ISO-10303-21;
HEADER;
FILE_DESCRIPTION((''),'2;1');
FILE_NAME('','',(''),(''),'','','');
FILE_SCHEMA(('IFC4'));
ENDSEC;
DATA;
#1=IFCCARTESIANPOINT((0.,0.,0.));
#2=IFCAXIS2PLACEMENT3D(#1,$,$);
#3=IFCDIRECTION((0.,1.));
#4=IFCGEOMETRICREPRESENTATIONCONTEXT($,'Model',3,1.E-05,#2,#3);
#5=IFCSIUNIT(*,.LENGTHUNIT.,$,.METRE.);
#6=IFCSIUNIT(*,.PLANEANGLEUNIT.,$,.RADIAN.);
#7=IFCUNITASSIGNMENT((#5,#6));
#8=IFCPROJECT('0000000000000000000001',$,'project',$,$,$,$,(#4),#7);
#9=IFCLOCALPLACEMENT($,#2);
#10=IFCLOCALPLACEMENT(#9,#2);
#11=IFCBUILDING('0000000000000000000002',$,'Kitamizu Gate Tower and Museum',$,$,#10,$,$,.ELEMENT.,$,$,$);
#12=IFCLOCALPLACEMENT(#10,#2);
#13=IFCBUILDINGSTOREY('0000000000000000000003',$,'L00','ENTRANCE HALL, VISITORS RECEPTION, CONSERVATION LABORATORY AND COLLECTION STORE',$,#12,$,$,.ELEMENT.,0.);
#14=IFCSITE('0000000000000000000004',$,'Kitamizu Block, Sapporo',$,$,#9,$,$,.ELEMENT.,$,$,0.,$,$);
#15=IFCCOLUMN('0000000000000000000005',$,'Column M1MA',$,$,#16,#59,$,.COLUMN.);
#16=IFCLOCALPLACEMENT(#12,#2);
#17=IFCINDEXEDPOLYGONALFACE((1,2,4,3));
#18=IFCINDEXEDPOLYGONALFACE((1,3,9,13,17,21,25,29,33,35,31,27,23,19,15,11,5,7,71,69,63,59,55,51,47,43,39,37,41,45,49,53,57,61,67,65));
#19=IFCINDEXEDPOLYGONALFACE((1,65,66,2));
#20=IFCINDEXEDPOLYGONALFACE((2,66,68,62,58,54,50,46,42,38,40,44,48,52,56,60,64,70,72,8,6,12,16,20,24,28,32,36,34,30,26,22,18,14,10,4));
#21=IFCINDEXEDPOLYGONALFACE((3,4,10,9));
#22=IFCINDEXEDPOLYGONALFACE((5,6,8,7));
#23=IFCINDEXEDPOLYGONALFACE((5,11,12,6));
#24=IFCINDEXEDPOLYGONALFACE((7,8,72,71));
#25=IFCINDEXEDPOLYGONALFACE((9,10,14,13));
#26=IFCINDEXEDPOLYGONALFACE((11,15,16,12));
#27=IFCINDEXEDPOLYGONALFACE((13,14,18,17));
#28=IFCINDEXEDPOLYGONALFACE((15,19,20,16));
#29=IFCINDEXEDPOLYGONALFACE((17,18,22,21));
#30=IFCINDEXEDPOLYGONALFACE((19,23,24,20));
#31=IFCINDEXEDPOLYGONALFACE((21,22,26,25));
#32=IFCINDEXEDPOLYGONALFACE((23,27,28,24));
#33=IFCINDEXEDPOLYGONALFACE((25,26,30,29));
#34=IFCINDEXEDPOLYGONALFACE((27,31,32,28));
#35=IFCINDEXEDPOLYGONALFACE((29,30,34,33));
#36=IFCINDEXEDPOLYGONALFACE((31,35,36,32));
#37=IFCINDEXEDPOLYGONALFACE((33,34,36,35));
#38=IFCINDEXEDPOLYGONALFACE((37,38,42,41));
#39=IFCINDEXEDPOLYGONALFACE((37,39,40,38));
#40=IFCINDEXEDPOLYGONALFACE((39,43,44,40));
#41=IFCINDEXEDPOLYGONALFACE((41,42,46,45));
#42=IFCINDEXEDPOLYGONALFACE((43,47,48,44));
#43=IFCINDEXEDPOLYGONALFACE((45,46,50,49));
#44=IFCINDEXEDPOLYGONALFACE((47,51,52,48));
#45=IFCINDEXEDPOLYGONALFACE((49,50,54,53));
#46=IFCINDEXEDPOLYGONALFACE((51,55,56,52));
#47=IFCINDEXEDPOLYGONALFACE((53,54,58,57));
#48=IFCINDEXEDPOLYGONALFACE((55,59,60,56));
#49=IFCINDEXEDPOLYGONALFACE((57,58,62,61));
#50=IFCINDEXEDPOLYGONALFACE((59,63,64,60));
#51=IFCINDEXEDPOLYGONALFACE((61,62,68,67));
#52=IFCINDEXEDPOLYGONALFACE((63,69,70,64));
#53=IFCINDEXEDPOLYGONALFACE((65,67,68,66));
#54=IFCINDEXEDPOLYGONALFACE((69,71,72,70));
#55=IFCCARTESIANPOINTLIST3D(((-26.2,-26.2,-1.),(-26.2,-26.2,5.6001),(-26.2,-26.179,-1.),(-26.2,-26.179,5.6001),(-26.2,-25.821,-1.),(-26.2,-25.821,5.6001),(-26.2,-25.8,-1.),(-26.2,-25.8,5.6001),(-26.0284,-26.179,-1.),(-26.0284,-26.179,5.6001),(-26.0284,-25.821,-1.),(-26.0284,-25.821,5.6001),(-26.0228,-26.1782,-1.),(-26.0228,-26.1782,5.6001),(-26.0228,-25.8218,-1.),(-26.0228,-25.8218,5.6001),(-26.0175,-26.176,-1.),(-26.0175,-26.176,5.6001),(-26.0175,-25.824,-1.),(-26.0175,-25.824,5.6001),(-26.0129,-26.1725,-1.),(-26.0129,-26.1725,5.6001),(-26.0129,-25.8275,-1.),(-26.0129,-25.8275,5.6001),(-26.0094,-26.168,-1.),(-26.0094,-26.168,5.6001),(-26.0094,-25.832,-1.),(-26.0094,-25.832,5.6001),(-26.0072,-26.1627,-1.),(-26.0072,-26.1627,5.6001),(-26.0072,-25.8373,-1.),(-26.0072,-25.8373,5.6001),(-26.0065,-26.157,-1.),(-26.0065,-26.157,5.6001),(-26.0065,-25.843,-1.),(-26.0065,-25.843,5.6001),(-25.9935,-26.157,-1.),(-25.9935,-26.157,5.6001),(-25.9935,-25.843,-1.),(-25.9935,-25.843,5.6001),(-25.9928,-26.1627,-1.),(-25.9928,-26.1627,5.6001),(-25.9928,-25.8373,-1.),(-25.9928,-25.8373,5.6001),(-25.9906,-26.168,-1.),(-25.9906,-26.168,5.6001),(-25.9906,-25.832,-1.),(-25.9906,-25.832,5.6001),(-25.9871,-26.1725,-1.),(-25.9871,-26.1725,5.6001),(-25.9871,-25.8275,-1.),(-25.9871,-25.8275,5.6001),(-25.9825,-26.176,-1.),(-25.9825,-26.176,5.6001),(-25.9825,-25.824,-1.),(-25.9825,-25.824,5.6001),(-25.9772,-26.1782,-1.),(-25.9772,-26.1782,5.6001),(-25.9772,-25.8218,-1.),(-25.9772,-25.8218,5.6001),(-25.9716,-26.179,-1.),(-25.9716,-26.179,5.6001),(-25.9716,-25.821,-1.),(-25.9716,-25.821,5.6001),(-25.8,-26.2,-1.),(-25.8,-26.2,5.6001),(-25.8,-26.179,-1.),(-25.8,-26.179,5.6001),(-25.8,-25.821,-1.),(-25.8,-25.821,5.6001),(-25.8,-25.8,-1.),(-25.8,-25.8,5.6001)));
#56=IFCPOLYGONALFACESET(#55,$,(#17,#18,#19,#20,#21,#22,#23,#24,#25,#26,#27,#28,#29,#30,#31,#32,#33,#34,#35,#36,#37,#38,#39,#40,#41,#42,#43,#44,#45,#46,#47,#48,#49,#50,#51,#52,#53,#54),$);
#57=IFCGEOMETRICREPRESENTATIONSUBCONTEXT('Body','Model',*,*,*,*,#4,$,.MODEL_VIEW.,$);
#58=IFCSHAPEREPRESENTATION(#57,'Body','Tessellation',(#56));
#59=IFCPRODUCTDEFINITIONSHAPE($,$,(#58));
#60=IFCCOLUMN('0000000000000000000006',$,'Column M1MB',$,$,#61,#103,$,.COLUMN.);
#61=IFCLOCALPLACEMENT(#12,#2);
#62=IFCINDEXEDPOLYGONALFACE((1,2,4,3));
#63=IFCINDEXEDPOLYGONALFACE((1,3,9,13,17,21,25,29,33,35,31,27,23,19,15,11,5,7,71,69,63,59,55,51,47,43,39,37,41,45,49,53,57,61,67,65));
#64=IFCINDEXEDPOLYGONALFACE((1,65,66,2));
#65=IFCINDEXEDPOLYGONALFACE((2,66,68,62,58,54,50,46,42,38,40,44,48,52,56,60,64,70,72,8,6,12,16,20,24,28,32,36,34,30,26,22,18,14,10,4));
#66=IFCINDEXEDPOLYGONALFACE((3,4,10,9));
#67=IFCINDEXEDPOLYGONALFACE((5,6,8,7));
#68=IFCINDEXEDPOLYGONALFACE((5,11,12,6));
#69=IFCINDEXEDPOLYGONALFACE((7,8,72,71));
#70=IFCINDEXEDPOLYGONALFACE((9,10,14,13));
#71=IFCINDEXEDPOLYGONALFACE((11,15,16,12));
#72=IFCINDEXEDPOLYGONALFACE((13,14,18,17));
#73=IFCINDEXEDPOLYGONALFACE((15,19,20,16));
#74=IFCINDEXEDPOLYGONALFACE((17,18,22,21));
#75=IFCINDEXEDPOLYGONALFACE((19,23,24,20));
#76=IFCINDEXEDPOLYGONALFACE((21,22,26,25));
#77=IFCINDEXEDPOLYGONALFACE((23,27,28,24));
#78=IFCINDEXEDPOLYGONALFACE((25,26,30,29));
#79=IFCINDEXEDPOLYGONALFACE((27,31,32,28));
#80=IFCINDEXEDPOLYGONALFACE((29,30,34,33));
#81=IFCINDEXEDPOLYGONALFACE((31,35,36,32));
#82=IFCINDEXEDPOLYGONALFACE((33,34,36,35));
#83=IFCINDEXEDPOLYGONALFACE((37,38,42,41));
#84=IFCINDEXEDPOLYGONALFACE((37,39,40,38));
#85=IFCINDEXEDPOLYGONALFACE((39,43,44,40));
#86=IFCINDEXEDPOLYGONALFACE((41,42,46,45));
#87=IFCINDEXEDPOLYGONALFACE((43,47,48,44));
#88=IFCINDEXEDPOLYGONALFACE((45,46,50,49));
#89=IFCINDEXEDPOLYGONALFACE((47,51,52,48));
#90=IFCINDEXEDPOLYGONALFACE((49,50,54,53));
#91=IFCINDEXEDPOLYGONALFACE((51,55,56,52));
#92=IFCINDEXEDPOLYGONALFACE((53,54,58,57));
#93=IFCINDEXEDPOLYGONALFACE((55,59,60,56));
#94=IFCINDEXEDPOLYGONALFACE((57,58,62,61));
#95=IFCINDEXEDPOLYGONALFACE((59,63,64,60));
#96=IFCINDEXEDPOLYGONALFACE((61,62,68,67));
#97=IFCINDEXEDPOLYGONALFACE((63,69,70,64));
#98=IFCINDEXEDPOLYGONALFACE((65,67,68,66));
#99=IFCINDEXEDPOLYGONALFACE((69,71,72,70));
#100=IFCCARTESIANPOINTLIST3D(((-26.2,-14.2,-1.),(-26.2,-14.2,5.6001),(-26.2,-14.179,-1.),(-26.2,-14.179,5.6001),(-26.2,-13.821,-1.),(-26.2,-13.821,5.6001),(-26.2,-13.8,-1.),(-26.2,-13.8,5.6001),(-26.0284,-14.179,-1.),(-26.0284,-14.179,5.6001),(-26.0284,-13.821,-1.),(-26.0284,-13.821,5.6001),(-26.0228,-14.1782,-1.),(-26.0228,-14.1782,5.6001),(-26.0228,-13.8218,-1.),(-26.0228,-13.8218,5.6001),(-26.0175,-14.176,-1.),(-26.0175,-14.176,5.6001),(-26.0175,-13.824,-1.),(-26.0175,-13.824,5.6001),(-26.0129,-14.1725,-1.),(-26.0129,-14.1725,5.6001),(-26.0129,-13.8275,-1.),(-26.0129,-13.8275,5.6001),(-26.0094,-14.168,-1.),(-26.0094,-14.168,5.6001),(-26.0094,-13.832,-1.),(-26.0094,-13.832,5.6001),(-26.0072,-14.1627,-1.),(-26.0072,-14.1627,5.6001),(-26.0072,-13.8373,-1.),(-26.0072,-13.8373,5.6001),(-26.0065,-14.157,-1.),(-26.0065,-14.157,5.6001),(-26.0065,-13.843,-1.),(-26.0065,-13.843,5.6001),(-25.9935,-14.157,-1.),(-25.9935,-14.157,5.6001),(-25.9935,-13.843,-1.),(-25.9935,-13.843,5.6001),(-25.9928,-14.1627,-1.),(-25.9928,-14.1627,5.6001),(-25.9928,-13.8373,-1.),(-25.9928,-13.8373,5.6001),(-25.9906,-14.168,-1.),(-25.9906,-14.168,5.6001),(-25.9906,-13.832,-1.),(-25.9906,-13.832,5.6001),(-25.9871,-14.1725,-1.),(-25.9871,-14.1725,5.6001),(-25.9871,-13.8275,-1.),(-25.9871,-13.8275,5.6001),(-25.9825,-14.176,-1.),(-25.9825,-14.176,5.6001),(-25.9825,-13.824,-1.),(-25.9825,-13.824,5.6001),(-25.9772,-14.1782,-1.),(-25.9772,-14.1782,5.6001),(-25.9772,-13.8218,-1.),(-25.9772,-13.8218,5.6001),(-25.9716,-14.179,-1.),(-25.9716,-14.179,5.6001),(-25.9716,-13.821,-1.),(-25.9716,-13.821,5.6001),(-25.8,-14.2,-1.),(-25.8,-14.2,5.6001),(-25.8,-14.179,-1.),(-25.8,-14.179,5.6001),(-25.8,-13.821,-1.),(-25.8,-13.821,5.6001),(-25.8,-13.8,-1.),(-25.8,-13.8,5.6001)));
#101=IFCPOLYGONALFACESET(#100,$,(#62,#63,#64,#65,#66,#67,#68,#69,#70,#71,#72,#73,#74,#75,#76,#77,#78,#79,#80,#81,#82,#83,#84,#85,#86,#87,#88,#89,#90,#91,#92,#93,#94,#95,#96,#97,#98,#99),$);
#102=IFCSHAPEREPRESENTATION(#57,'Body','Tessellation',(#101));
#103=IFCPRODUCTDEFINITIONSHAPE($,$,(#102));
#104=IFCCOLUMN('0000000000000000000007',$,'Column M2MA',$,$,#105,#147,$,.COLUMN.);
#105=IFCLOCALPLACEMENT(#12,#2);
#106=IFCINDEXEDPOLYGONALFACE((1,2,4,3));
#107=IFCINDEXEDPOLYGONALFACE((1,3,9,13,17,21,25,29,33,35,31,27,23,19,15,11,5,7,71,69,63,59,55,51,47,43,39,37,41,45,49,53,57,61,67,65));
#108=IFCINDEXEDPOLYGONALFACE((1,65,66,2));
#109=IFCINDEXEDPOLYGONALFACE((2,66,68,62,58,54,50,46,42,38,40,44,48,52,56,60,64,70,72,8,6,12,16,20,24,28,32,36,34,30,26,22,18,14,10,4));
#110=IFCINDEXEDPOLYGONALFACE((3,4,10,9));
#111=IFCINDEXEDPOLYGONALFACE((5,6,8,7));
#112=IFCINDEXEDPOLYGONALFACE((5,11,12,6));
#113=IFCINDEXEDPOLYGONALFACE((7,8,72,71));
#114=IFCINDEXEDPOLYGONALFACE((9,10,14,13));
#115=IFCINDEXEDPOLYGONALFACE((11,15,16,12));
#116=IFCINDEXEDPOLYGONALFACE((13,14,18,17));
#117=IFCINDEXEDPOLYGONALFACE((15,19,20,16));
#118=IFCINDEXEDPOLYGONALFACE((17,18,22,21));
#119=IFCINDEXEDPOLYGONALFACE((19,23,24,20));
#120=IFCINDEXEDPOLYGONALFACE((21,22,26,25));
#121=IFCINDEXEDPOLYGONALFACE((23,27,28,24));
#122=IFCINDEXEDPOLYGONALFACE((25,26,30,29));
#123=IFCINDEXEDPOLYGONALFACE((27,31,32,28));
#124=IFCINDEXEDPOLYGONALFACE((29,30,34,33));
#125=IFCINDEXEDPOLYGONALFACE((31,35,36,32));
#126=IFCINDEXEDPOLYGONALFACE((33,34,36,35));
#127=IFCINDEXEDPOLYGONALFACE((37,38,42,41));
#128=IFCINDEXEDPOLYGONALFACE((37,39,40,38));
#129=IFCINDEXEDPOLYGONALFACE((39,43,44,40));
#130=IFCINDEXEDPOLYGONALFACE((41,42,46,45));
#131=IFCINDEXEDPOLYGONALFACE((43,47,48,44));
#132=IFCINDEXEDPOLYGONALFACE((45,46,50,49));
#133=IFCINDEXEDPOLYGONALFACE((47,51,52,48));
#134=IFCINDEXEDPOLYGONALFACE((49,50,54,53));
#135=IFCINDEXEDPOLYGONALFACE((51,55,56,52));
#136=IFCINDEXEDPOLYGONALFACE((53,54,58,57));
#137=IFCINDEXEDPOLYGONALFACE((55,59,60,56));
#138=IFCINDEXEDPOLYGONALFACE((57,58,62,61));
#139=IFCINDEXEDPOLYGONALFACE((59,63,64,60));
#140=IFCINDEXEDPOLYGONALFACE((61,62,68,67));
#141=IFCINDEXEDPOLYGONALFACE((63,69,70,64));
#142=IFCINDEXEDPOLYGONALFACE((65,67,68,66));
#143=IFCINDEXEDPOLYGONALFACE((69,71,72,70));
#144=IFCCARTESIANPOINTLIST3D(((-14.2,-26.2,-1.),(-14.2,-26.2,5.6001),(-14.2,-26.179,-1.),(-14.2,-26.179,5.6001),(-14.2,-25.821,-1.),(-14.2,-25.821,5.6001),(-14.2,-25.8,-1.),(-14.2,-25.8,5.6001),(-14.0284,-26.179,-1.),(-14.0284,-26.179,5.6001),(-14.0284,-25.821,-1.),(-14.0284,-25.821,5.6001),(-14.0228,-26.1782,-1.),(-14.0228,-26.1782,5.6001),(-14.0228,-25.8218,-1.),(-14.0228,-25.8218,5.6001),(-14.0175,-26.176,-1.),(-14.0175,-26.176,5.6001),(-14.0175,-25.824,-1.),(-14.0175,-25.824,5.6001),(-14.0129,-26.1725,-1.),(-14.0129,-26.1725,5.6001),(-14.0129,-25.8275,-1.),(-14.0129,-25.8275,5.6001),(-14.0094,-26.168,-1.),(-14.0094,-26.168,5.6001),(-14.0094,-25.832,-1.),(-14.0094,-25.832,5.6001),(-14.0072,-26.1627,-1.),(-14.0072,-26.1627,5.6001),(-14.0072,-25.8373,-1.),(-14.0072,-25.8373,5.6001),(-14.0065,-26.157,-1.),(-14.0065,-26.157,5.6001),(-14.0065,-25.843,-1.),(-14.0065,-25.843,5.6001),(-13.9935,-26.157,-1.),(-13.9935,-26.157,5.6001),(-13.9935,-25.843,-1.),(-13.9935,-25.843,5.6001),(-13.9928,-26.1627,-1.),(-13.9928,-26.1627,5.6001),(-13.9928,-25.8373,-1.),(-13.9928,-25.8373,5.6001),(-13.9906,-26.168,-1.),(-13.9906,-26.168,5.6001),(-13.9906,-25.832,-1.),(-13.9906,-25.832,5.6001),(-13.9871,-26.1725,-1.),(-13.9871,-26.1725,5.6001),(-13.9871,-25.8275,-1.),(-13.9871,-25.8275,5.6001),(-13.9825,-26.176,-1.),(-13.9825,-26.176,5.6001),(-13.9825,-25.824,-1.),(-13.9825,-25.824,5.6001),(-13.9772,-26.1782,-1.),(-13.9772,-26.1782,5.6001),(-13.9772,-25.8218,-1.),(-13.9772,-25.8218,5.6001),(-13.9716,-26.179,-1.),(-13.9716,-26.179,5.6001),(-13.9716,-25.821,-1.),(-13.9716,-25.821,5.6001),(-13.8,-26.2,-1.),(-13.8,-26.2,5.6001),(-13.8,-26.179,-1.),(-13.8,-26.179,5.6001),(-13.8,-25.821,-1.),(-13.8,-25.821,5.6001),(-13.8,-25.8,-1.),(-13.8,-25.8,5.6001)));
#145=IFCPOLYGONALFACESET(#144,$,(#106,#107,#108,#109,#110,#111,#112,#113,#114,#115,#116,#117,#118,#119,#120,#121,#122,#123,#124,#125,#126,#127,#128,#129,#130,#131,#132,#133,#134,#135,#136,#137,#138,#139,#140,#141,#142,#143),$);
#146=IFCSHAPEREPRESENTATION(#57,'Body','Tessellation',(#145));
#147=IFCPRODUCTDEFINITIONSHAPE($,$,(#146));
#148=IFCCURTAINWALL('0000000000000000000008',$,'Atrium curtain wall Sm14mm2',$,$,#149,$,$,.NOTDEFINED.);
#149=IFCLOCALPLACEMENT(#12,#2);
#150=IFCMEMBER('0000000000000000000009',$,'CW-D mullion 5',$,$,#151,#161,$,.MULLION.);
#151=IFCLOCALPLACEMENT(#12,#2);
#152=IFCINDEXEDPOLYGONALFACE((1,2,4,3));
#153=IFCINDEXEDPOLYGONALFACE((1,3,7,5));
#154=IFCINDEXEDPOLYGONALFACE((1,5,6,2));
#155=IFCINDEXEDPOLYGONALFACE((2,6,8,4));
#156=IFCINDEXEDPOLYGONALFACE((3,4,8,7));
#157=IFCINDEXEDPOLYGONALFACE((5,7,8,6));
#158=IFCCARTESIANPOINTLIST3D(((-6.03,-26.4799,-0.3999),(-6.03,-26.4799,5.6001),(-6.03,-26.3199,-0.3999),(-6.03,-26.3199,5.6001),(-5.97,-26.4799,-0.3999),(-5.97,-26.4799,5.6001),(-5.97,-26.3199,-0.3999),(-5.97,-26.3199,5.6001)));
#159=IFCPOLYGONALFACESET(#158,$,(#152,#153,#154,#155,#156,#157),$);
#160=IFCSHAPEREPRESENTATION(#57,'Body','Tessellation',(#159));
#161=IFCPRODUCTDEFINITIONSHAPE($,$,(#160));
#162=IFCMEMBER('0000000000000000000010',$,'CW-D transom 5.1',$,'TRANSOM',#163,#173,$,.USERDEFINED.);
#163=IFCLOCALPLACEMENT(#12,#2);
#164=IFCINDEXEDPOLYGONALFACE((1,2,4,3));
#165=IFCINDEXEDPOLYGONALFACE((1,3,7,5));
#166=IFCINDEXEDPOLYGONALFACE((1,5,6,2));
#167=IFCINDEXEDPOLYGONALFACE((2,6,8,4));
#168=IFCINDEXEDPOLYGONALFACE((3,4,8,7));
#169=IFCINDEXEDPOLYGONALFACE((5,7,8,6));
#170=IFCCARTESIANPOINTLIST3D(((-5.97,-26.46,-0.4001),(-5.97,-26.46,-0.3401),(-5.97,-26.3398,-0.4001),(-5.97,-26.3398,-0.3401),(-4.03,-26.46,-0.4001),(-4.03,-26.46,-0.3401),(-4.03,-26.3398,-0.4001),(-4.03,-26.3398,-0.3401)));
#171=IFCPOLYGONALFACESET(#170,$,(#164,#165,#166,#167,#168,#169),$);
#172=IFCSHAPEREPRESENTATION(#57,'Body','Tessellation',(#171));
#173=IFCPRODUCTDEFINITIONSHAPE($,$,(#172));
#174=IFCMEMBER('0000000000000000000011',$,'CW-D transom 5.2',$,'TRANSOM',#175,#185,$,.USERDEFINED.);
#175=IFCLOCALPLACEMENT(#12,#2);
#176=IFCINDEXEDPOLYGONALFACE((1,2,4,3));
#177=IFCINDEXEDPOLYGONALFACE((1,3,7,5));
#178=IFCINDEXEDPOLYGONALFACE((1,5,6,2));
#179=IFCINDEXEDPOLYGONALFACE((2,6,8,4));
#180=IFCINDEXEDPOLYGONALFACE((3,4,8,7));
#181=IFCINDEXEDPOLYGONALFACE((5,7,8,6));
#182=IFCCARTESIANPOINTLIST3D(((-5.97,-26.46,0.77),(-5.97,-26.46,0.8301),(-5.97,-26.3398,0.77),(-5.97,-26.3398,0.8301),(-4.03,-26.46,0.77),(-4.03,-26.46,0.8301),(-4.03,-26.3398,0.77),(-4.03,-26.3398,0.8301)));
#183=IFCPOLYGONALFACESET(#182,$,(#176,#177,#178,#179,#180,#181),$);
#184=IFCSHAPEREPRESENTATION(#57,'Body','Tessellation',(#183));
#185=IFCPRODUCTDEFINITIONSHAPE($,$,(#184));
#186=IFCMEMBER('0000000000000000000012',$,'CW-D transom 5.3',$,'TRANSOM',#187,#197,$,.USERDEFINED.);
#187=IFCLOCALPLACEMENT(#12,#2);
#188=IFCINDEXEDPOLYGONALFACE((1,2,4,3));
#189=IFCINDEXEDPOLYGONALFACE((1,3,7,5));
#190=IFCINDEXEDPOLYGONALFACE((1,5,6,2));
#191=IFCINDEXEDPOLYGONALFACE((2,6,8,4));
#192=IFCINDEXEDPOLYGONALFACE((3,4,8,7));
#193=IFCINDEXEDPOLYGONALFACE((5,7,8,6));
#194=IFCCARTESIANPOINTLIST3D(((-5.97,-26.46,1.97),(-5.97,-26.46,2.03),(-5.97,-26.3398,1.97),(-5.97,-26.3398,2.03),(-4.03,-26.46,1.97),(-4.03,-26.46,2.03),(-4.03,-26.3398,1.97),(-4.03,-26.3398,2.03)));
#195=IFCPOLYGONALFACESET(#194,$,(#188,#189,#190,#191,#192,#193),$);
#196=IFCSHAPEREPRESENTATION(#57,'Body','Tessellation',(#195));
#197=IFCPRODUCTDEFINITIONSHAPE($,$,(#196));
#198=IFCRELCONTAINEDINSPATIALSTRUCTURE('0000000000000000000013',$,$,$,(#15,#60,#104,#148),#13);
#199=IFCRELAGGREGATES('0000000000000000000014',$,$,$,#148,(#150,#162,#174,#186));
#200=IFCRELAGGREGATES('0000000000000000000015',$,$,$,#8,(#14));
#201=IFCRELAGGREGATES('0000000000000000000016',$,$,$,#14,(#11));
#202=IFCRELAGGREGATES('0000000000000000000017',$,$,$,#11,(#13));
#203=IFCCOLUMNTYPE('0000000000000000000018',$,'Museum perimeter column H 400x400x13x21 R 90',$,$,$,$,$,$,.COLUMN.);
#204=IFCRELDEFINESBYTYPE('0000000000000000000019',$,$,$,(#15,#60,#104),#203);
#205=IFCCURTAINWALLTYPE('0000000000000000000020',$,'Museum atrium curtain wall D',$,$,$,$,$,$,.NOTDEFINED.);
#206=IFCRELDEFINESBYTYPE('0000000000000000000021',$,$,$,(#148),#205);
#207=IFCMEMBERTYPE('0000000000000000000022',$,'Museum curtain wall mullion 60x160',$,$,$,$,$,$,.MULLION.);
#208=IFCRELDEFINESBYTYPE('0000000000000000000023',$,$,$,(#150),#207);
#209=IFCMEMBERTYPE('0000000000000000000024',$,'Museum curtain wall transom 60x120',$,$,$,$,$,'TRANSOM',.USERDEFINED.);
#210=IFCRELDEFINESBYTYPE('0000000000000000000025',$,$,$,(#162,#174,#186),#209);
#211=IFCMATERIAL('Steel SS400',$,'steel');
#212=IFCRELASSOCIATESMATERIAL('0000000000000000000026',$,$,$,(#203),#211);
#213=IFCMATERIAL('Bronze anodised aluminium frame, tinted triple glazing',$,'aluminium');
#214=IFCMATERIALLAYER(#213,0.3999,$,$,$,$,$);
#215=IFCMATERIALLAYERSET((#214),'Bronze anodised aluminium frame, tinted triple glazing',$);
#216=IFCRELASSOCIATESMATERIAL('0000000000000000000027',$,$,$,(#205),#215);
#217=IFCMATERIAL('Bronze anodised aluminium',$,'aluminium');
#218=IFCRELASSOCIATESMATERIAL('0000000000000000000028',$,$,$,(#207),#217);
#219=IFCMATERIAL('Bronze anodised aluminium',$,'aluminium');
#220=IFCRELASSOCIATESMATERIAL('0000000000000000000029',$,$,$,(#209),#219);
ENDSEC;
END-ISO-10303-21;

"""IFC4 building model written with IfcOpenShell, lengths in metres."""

from ifc_helpers import new_model, si_unit, direction, frame, origin, origin_2d, place, context, subcontext, project, spatial, rectangle, i_section, extrude, material, layer, layer_set, material_profile, profile_set, type_object, element, aggregate, save


model = new_model("IFC4")

# Units and contexts
model_context = context("Model", 3, precision=1e-05, world=origin(), true_north=direction((0.0, 1.0)))
body_context = subcontext(model_context, "Body", "Model", "MODEL_VIEW")
ifc_project = project(units=[si_unit("LENGTHUNIT", "METRE"), si_unit("PLANEANGLEUNIT", "RADIAN")], contexts=[model_context])

# Site, building, storey
site_placement = place(None, origin())
site = spatial("IfcSite", under=ifc_project, at=site_placement, Name="Kitamizu Block, Sapporo", CompositionType="ELEMENT", RefElevation=0.0)
building_placement = place(site_placement, origin())
building = spatial("IfcBuilding", under=site, at=building_placement, Name="Kitamizu Gate Tower and Museum", CompositionType="ELEMENT")
storey_placement = place(building_placement, origin())
storey = spatial("IfcBuildingStorey", under=building, at=storey_placement, Name="L00", Description="ENTRANCE HALL, VISITORS RECEPTION, CONSERVATION LABORATORY AND COLLECTION STORE", CompositionType="ELEMENT", Elevation=0.0)

# Columns
ifc_material_1 = material(Name="Steel SS400", Category="steel")
ifc_material_profile_1 = material_profile(ifc_material_1, i_section(OverallWidth=0.3999, OverallDepth=0.3999, WebThickness=0.0129, FlangeThickness=0.021, FilletRadius=0.022, at=origin_2d()), Name="H-400x400x13x21")
ifc_profile_set_1 = profile_set([ifc_material_profile_1], Name="Steel SS400")
column_type = type_object("IfcColumnType", Name="Museum perimeter column H 400x400x13x21 R 90", PredefinedType="COLUMN", material=ifc_profile_set_1)
for number, where, z_axis, x_axis, name in (
    (1, (-26.0, -26.0, -1.0), (0.0, 0.0, 1.0), (1.0, 0.0, 0.0), "Column M1MA"),
    (2, (-26.0, -14.0, -1.0), (0.0, 0.0, 1.0), (1.0, 0.0, 0.0), "Column M1MB"),
    (3, (-14.0, -26.0, -1.0), (0.0, 0.0, 1.0), (1.0, 0.0, 0.0), "Column M2MA"),
):
    element("IfcColumn", number, at=place(storey_placement, frame(where, z_axis=z_axis, x_axis=x_axis)), inside=storey, type_object=column_type, Name=name, PredefinedType="COLUMN", context=body_context, shape_type="SweptSolid", body=[
        extrude(i_section(OverallWidth=0.3999, OverallDepth=0.3999, WebThickness=0.0129, FlangeThickness=0.021, FilletRadius=0.022, at=origin_2d()), origin(), (0.0, 0.0, 1.0), 6.6001),
    ])

# Curtain wall, members
ifc_material_2 = material(Name="Bronze anodised aluminium frame, tinted triple glazing", Category="aluminium")
ifc_layer_1 = layer(ifc_material_2, 0.3999)
ifc_layer_set_1 = layer_set([ifc_layer_1], Name="Bronze anodised aluminium frame, tinted triple glazing")
curtain_wall_type = type_object("IfcCurtainWallType", Name="Museum atrium curtain wall D", PredefinedType="NOTDEFINED", material=ifc_layer_set_1)
curtain_wall_placement = place(storey_placement, origin())
curtain_wall = element("IfcCurtainWall", 4, at=curtain_wall_placement, inside=storey, type_object=curtain_wall_type, Name="Atrium curtain wall Sm14mm2", PredefinedType="NOTDEFINED")
ifc_material_3 = material(Name="Bronze anodised aluminium", Category="aluminium")
ifc_material_profile_2 = material_profile(ifc_material_3, rectangle(XDim=0.0601, YDim=0.1599, at=origin_2d()), Name="60x160")
ifc_profile_set_2 = profile_set([ifc_material_profile_2], Name="Bronze anodised aluminium")
member_type_1 = type_object("IfcMemberType", Name="Museum curtain wall mullion 60x160", PredefinedType="MULLION", material=ifc_profile_set_2)
member_1_placement = place(storey_placement, frame((-6.0, -26.3999, -0.3999), z_axis=(0.0, 0.0, 1.0), x_axis=(1.0, 0.0, 0.0)))
member_1 = element("IfcMember", 5, at=member_1_placement, type_object=member_type_1, Name="CW-D mullion 5", PredefinedType="MULLION", context=body_context, shape_type="SweptSolid", body=[
    extrude(rectangle(XDim=0.0601, YDim=0.1599, at=origin_2d()), origin(), (0.0, 0.0, 1.0), 6.0),
])
ifc_material_4 = material(Name="Bronze anodised aluminium", Category="aluminium")
ifc_material_profile_3 = material_profile(ifc_material_4, rectangle(XDim=0.1201, YDim=0.0601, at=origin_2d()), Name="120x60")
ifc_profile_set_3 = profile_set([ifc_material_profile_3], Name="Bronze anodised aluminium")
member_type_2 = type_object("IfcMemberType", Name="Museum curtain wall transom 60x120", ElementType="TRANSOM", PredefinedType="USERDEFINED", material=ifc_profile_set_3)
member_2_placement = place(storey_placement, frame((-5.97, -26.3999, -0.3701), z_axis=(1.0, 0.0, 0.0), x_axis=(0.0, 1.0, 0.0)))
member_2 = element("IfcMember", 6, at=member_2_placement, type_object=member_type_2, Name="CW-D transom 5.1", ObjectType="TRANSOM", PredefinedType="USERDEFINED", context=body_context, shape_type="SweptSolid", body=[
    extrude(rectangle(XDim=0.1201, YDim=0.0601, at=origin_2d()), origin(), (0.0, 0.0, 1.0), 1.9399),
])
member_3_placement = place(storey_placement, frame((-5.97, -26.3999, 0.8), z_axis=(1.0, 0.0, 0.0), x_axis=(0.0, 1.0, 0.0)))
member_3 = element("IfcMember", 7, at=member_3_placement, type_object=member_type_2, Name="CW-D transom 5.2", ObjectType="TRANSOM", PredefinedType="USERDEFINED", context=body_context, shape_type="SweptSolid", body=[
    extrude(rectangle(XDim=0.1201, YDim=0.0601, at=origin_2d()), origin(), (0.0, 0.0, 1.0), 1.9399),
])
member_4_placement = place(storey_placement, frame((-5.97, -26.3999, 2.0), z_axis=(1.0, 0.0, 0.0), x_axis=(0.0, 1.0, 0.0)))
member_4 = element("IfcMember", 8, at=member_4_placement, type_object=member_type_2, Name="CW-D transom 5.3", ObjectType="TRANSOM", PredefinedType="USERDEFINED", context=body_context, shape_type="SweptSolid", body=[
    extrude(rectangle(XDim=0.1201, YDim=0.0601, at=origin_2d()), origin(), (0.0, 0.0, 1.0), 1.9399),
])
aggregate(curtain_wall, [member_1, member_2, member_3, member_4])

save(model, "model.ifc")
